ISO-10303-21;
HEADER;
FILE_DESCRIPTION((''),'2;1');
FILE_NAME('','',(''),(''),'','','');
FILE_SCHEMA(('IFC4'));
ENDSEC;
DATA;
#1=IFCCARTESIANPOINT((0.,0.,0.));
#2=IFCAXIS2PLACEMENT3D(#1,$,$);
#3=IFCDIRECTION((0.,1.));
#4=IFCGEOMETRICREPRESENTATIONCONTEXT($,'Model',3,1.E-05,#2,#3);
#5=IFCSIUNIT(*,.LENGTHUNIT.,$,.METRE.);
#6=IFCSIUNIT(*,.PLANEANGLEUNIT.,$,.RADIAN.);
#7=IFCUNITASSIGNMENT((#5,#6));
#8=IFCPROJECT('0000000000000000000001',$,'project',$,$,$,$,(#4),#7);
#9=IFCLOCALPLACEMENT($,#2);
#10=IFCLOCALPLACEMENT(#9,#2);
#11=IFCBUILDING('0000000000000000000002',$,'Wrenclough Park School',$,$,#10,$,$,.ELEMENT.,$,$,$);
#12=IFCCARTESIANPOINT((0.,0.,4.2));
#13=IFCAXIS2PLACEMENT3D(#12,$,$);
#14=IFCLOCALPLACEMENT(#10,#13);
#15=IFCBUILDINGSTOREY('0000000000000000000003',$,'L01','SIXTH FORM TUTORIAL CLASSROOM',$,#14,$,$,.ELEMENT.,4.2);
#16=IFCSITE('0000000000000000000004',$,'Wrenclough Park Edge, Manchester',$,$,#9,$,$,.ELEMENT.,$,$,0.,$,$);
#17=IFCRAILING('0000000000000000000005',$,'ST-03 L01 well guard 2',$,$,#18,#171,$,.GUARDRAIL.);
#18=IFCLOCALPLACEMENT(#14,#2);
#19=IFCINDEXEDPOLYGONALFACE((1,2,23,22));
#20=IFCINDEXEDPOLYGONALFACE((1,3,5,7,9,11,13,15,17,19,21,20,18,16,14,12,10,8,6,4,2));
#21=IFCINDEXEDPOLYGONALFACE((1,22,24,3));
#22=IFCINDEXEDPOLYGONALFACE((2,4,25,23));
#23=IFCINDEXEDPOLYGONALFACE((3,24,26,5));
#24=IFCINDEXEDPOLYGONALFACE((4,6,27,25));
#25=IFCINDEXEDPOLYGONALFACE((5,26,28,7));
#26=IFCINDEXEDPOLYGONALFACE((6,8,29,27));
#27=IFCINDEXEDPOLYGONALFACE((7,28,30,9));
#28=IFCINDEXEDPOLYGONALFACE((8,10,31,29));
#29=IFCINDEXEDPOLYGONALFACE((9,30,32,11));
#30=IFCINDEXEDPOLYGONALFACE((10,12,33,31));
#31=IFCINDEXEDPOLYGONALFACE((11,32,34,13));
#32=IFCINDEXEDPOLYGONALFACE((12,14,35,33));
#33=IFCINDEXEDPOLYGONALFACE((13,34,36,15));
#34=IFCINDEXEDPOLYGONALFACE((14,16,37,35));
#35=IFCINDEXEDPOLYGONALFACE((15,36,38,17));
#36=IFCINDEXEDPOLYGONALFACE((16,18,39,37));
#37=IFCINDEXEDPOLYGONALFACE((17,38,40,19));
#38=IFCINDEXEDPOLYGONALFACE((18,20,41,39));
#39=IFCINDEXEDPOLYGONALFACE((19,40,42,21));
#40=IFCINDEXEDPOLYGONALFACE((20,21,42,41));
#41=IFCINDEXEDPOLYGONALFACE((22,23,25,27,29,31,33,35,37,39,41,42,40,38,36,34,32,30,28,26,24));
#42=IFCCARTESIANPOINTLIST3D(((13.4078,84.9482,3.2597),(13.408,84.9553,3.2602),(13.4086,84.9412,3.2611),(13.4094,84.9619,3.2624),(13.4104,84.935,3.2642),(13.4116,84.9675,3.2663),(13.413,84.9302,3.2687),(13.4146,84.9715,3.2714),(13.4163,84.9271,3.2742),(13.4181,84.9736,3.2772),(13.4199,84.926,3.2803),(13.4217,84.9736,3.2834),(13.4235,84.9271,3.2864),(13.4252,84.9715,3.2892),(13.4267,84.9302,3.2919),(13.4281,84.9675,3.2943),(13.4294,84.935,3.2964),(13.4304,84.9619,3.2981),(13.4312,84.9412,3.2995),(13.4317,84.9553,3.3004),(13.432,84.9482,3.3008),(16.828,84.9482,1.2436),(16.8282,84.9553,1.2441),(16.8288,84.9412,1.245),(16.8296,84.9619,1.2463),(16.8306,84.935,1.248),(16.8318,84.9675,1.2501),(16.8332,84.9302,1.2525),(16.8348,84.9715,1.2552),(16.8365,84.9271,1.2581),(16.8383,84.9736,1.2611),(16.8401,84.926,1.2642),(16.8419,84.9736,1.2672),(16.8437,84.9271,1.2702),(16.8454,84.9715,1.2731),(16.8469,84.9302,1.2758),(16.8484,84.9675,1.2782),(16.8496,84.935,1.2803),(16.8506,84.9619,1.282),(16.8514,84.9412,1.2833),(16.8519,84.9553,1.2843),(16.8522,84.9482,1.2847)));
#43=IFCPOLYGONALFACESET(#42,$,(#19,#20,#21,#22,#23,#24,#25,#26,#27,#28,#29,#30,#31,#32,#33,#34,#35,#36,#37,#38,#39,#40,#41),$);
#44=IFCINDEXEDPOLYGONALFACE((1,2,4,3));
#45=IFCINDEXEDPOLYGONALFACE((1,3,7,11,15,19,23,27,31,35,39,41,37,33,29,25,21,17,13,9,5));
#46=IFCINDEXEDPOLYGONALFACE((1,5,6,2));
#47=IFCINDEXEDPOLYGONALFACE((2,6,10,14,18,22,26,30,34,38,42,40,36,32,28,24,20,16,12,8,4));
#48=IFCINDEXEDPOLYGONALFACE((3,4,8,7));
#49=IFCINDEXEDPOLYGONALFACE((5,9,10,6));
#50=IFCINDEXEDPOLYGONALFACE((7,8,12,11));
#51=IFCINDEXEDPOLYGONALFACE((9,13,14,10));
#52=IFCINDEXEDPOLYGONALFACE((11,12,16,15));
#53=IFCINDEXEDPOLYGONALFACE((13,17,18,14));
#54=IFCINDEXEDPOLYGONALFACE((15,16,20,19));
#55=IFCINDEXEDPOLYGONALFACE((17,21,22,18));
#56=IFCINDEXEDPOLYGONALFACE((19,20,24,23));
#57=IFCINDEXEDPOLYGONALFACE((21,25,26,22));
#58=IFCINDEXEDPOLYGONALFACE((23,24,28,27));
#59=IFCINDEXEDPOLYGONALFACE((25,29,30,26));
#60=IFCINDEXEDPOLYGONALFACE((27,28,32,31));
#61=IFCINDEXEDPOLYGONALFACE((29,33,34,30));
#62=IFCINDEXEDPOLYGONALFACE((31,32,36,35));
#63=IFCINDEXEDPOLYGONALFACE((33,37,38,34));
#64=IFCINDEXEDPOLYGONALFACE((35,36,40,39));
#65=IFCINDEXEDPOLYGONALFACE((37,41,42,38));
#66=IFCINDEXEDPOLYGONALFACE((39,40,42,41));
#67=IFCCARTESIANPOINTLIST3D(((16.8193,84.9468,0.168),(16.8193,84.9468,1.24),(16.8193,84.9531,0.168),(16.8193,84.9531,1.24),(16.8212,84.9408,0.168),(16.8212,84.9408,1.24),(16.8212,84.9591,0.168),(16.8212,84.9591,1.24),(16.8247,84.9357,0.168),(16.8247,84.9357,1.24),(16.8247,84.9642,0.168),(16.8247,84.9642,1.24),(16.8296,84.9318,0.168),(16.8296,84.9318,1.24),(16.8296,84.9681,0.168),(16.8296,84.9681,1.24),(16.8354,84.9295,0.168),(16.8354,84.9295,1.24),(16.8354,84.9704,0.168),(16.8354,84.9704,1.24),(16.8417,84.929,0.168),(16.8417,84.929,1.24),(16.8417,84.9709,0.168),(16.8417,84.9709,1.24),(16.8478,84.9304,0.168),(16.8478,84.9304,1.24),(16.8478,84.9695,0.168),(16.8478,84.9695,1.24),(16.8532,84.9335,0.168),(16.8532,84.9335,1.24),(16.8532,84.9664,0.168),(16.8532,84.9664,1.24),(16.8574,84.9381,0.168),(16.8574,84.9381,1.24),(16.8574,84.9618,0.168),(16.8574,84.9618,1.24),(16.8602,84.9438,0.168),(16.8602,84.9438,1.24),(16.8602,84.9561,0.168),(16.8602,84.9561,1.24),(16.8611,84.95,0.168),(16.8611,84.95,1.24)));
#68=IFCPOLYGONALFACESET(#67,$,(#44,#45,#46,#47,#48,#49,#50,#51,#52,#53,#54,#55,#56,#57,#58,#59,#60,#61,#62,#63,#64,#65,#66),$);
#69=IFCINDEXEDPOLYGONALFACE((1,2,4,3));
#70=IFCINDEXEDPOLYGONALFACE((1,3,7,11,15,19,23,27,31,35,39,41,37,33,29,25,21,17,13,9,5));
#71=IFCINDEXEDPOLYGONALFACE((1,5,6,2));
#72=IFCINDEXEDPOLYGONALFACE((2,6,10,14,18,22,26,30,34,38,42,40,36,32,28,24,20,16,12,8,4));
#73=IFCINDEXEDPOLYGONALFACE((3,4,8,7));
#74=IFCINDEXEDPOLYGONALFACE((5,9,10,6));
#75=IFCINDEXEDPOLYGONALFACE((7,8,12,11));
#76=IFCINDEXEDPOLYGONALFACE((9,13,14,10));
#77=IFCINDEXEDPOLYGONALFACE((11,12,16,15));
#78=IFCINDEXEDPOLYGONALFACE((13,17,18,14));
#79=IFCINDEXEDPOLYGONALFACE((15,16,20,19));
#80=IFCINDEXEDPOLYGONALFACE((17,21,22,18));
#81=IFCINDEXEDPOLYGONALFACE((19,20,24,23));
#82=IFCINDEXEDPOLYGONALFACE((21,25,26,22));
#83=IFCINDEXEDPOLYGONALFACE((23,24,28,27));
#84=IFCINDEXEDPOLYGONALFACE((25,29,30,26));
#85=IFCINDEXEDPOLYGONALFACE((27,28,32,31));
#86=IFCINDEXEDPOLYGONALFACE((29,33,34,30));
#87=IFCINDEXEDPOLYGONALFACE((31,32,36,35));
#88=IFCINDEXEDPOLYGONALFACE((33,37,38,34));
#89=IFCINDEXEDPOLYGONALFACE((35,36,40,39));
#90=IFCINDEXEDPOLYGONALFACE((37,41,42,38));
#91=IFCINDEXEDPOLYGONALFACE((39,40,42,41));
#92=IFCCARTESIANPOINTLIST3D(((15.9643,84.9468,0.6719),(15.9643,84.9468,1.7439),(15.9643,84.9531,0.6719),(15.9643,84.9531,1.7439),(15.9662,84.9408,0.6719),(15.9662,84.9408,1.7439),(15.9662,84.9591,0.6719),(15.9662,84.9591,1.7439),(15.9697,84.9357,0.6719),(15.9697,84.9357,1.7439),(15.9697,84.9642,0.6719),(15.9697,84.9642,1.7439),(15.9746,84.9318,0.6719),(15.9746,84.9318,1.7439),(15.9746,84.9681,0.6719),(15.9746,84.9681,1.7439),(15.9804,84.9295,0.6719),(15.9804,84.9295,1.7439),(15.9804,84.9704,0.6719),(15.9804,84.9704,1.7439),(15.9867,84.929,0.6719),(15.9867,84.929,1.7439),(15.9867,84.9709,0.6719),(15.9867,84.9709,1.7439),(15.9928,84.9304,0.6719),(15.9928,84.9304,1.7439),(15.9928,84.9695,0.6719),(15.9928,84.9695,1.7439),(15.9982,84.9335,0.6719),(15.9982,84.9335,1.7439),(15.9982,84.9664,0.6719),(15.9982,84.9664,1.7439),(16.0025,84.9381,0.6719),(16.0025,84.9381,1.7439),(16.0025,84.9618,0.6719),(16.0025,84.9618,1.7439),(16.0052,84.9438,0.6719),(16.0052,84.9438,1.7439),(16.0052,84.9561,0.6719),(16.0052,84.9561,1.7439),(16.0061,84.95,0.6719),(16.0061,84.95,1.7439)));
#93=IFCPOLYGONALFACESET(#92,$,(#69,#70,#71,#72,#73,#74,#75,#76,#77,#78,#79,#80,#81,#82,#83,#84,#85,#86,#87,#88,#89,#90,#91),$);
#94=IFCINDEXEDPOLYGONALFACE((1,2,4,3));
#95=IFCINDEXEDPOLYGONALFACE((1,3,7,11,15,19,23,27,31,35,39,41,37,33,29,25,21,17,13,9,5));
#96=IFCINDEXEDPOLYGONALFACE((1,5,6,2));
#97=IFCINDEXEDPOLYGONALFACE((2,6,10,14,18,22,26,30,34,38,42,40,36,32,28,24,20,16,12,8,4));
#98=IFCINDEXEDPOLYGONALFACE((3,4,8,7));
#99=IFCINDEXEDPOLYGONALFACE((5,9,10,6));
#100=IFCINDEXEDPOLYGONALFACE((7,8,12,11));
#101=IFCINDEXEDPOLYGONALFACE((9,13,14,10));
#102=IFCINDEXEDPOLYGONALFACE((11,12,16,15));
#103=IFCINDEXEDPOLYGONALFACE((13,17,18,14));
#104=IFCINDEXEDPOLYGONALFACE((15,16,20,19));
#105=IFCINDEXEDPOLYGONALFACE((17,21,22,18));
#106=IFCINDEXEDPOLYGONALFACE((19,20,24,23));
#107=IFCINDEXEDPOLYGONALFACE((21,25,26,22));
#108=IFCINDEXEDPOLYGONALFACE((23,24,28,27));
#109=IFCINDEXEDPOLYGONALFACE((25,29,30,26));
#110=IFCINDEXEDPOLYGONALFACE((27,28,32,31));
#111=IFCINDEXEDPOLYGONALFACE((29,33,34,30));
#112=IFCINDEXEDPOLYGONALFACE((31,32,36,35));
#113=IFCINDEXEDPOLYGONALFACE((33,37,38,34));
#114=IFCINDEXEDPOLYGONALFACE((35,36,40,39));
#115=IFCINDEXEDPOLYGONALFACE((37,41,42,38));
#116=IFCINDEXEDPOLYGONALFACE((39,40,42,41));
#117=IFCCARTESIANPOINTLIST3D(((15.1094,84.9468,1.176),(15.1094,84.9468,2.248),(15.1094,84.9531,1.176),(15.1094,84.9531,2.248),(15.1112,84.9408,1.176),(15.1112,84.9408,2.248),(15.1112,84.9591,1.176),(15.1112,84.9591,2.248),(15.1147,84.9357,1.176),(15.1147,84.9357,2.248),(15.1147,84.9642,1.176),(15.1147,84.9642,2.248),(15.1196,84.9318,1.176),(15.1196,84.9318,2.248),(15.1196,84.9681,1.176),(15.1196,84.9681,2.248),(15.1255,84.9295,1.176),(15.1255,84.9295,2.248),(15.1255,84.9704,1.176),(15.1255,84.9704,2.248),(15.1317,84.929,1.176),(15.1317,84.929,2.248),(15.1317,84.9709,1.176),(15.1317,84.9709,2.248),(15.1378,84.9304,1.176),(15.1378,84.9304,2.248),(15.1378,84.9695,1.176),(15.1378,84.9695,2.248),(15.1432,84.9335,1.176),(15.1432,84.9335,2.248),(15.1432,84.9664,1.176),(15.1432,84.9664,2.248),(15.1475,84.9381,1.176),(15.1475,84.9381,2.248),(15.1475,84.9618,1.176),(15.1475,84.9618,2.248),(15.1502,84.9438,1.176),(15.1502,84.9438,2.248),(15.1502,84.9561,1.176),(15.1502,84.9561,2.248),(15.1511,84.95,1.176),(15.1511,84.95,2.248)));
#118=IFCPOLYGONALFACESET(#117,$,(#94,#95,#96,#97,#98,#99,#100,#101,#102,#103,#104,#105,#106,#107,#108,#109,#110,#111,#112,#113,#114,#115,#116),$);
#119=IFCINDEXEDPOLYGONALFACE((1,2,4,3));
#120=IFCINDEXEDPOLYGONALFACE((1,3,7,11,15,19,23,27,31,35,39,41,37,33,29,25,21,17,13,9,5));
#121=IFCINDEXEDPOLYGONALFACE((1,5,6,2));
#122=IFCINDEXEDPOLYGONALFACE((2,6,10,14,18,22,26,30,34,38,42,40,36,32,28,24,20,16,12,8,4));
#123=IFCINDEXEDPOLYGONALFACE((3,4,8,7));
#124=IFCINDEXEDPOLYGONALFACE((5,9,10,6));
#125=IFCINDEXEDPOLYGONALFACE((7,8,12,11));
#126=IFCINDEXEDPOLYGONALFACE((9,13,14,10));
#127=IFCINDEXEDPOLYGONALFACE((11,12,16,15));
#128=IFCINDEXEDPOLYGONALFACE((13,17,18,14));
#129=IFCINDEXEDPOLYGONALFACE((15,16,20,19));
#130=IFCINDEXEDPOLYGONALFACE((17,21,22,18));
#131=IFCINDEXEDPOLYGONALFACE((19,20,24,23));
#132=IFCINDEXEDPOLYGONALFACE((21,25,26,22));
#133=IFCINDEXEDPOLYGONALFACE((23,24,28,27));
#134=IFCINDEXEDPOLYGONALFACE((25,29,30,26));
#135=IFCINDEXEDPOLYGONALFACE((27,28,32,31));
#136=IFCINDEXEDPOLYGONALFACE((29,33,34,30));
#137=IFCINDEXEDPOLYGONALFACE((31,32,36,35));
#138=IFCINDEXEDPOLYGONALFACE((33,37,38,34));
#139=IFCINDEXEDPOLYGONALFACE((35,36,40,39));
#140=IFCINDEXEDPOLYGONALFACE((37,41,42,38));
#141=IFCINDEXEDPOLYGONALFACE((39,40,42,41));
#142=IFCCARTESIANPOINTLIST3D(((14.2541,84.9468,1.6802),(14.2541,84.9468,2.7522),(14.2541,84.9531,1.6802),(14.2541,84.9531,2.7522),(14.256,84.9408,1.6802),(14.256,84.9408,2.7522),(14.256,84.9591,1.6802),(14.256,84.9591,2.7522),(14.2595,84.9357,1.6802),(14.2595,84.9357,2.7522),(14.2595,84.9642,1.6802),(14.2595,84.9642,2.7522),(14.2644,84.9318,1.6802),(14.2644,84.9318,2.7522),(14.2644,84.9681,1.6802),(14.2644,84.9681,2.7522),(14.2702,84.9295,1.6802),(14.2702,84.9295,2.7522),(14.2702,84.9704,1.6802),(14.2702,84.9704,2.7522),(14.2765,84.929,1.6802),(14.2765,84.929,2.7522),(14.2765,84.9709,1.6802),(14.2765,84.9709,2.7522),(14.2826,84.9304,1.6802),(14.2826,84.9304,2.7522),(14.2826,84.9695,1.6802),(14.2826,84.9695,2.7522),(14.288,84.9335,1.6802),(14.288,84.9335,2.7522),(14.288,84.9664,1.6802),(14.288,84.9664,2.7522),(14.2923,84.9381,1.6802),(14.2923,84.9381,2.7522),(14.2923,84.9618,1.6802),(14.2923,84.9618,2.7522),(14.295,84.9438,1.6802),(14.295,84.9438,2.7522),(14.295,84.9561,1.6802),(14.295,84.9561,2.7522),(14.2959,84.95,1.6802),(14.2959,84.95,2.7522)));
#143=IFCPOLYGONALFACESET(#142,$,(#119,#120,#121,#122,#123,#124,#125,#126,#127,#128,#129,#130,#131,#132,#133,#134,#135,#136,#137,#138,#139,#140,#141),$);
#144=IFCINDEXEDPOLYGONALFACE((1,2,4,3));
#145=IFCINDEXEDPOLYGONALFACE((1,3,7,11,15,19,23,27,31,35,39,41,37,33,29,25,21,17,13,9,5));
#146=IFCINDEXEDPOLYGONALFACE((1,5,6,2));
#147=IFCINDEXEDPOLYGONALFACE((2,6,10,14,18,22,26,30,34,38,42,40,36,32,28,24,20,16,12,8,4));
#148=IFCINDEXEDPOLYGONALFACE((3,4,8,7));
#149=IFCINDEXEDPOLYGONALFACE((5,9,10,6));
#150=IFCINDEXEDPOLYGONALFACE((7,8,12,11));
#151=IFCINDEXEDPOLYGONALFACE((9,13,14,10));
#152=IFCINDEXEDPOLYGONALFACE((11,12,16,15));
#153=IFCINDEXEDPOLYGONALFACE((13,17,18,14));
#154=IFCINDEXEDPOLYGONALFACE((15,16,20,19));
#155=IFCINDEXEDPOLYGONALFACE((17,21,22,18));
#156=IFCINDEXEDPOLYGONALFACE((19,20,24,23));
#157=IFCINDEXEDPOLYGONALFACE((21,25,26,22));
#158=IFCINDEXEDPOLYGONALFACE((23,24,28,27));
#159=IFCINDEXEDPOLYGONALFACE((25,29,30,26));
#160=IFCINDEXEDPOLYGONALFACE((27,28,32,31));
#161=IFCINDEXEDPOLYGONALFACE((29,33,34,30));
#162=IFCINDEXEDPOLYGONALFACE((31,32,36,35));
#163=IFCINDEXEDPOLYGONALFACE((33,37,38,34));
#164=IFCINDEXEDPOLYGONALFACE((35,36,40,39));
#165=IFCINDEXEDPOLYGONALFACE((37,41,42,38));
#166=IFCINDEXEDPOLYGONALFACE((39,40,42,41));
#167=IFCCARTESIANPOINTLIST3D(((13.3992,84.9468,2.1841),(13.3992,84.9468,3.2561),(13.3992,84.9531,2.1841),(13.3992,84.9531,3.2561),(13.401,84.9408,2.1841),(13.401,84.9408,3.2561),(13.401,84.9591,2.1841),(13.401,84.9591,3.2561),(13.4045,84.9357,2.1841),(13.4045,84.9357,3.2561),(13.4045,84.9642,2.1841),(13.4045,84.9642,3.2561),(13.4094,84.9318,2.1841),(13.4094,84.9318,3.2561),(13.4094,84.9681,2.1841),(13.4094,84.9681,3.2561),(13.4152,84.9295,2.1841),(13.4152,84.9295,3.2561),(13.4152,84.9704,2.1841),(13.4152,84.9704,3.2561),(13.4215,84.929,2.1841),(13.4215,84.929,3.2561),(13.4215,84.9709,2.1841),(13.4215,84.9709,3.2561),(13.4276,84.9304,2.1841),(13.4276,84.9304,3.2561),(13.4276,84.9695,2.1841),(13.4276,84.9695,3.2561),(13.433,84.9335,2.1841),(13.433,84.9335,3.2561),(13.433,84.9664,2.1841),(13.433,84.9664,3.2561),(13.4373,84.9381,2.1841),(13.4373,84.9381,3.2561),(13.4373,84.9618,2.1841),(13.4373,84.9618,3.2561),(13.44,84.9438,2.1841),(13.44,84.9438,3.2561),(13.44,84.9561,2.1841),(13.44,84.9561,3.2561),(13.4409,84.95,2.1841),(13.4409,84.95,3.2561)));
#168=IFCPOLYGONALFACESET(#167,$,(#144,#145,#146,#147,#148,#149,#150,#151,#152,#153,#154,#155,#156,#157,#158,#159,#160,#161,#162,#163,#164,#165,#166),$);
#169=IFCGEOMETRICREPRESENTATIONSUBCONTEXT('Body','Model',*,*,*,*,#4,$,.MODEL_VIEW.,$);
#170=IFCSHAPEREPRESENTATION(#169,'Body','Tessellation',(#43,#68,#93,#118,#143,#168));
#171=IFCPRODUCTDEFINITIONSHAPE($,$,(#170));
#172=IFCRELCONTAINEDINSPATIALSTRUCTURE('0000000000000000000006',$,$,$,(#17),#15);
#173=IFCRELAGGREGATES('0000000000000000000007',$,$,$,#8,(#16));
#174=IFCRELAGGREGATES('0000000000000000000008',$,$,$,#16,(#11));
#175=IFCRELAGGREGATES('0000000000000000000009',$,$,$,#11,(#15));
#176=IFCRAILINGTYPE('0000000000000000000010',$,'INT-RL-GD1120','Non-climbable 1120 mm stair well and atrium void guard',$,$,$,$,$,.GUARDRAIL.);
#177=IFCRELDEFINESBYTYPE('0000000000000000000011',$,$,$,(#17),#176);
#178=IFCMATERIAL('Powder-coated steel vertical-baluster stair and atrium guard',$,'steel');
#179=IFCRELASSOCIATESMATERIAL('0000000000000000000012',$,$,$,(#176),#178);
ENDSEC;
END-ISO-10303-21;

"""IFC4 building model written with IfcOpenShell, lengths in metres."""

from ifc_helpers import new_model, si_unit, direction, frame, origin, origin_2d, place, context, subcontext, project, spatial, circle, extrude, material, type_object, element, save


model = new_model("IFC4")

# Units and contexts
model_context = context("Model", 3, precision=1e-05, world=origin(), true_north=direction((0.0, 1.0)))
body_context = subcontext(model_context, "Body", "Model", "MODEL_VIEW")
ifc_project = project(units=[si_unit("LENGTHUNIT", "METRE"), si_unit("PLANEANGLEUNIT", "RADIAN")], contexts=[model_context])

# Site, building, storey
site_placement = place(None, origin())
site = spatial("IfcSite", under=ifc_project, at=site_placement, Name="Wrenclough Park Edge, Manchester", CompositionType="ELEMENT", RefElevation=0.0)
building_placement = place(site_placement, origin())
building = spatial("IfcBuilding", under=site, at=building_placement, Name="Wrenclough Park School", CompositionType="ELEMENT")
storey_placement = place(building_placement, frame((0.0, 0.0, 4.2)))
storey = spatial("IfcBuildingStorey", under=building, at=storey_placement, Name="L01", Description="SIXTH FORM TUTORIAL CLASSROOM", CompositionType="ELEMENT", Elevation=4.2)

# Railing
ifc_material_1 = material(Name="Powder-coated steel vertical-baluster stair and atrium guard", Category="steel")
railing_type = type_object("IfcRailingType", Name="INT-RL-GD1120", Description="Non-climbable 1120 mm stair well and atrium void guard", PredefinedType="GUARDRAIL", material=ifc_material_1)
railing_1_placement = place(storey_placement, frame((16.8401, 84.95, 0.168)))
element("IfcRailing", 1, at=railing_1_placement, inside=storey, type_object=railing_type, Name="ST-03 L01 well guard 2", PredefinedType="GUARDRAIL", context=body_context, shape_type="SweptSolid", body=[
    extrude(circle(Radius=0.0239, at=origin_2d()), frame((0.0, 0.0, 1.0962), z_axis=(-0.861466, 0.0, 0.507815), x_axis=(0.0, -1.0, 0.0)), (0.0, 0.0, 1.0), 3.9702),
    extrude(circle(Radius=0.021, at=origin_2d()), origin(), (0.0, 0.0, 1.0), 1.072),
    extrude(circle(Radius=0.021, at=origin_2d()), frame((-0.855, 0.0, 0.5039)), (0.0, 0.0, 1.0), 1.072),
    extrude(circle(Radius=0.021, at=origin_2d()), frame((-1.71, 0.0, 1.0081)), (0.0, 0.0, 1.0), 1.072),
    extrude(circle(Radius=0.021, at=origin_2d()), frame((-2.5652, 0.0, 1.5122)), (0.0, 0.0, 1.0), 1.072),
    extrude(circle(Radius=0.021, at=origin_2d()), frame((-3.4202, 0.0, 2.0161)), (0.0, 0.0, 1.0), 1.072),
])

save(model, "model.ifc")
